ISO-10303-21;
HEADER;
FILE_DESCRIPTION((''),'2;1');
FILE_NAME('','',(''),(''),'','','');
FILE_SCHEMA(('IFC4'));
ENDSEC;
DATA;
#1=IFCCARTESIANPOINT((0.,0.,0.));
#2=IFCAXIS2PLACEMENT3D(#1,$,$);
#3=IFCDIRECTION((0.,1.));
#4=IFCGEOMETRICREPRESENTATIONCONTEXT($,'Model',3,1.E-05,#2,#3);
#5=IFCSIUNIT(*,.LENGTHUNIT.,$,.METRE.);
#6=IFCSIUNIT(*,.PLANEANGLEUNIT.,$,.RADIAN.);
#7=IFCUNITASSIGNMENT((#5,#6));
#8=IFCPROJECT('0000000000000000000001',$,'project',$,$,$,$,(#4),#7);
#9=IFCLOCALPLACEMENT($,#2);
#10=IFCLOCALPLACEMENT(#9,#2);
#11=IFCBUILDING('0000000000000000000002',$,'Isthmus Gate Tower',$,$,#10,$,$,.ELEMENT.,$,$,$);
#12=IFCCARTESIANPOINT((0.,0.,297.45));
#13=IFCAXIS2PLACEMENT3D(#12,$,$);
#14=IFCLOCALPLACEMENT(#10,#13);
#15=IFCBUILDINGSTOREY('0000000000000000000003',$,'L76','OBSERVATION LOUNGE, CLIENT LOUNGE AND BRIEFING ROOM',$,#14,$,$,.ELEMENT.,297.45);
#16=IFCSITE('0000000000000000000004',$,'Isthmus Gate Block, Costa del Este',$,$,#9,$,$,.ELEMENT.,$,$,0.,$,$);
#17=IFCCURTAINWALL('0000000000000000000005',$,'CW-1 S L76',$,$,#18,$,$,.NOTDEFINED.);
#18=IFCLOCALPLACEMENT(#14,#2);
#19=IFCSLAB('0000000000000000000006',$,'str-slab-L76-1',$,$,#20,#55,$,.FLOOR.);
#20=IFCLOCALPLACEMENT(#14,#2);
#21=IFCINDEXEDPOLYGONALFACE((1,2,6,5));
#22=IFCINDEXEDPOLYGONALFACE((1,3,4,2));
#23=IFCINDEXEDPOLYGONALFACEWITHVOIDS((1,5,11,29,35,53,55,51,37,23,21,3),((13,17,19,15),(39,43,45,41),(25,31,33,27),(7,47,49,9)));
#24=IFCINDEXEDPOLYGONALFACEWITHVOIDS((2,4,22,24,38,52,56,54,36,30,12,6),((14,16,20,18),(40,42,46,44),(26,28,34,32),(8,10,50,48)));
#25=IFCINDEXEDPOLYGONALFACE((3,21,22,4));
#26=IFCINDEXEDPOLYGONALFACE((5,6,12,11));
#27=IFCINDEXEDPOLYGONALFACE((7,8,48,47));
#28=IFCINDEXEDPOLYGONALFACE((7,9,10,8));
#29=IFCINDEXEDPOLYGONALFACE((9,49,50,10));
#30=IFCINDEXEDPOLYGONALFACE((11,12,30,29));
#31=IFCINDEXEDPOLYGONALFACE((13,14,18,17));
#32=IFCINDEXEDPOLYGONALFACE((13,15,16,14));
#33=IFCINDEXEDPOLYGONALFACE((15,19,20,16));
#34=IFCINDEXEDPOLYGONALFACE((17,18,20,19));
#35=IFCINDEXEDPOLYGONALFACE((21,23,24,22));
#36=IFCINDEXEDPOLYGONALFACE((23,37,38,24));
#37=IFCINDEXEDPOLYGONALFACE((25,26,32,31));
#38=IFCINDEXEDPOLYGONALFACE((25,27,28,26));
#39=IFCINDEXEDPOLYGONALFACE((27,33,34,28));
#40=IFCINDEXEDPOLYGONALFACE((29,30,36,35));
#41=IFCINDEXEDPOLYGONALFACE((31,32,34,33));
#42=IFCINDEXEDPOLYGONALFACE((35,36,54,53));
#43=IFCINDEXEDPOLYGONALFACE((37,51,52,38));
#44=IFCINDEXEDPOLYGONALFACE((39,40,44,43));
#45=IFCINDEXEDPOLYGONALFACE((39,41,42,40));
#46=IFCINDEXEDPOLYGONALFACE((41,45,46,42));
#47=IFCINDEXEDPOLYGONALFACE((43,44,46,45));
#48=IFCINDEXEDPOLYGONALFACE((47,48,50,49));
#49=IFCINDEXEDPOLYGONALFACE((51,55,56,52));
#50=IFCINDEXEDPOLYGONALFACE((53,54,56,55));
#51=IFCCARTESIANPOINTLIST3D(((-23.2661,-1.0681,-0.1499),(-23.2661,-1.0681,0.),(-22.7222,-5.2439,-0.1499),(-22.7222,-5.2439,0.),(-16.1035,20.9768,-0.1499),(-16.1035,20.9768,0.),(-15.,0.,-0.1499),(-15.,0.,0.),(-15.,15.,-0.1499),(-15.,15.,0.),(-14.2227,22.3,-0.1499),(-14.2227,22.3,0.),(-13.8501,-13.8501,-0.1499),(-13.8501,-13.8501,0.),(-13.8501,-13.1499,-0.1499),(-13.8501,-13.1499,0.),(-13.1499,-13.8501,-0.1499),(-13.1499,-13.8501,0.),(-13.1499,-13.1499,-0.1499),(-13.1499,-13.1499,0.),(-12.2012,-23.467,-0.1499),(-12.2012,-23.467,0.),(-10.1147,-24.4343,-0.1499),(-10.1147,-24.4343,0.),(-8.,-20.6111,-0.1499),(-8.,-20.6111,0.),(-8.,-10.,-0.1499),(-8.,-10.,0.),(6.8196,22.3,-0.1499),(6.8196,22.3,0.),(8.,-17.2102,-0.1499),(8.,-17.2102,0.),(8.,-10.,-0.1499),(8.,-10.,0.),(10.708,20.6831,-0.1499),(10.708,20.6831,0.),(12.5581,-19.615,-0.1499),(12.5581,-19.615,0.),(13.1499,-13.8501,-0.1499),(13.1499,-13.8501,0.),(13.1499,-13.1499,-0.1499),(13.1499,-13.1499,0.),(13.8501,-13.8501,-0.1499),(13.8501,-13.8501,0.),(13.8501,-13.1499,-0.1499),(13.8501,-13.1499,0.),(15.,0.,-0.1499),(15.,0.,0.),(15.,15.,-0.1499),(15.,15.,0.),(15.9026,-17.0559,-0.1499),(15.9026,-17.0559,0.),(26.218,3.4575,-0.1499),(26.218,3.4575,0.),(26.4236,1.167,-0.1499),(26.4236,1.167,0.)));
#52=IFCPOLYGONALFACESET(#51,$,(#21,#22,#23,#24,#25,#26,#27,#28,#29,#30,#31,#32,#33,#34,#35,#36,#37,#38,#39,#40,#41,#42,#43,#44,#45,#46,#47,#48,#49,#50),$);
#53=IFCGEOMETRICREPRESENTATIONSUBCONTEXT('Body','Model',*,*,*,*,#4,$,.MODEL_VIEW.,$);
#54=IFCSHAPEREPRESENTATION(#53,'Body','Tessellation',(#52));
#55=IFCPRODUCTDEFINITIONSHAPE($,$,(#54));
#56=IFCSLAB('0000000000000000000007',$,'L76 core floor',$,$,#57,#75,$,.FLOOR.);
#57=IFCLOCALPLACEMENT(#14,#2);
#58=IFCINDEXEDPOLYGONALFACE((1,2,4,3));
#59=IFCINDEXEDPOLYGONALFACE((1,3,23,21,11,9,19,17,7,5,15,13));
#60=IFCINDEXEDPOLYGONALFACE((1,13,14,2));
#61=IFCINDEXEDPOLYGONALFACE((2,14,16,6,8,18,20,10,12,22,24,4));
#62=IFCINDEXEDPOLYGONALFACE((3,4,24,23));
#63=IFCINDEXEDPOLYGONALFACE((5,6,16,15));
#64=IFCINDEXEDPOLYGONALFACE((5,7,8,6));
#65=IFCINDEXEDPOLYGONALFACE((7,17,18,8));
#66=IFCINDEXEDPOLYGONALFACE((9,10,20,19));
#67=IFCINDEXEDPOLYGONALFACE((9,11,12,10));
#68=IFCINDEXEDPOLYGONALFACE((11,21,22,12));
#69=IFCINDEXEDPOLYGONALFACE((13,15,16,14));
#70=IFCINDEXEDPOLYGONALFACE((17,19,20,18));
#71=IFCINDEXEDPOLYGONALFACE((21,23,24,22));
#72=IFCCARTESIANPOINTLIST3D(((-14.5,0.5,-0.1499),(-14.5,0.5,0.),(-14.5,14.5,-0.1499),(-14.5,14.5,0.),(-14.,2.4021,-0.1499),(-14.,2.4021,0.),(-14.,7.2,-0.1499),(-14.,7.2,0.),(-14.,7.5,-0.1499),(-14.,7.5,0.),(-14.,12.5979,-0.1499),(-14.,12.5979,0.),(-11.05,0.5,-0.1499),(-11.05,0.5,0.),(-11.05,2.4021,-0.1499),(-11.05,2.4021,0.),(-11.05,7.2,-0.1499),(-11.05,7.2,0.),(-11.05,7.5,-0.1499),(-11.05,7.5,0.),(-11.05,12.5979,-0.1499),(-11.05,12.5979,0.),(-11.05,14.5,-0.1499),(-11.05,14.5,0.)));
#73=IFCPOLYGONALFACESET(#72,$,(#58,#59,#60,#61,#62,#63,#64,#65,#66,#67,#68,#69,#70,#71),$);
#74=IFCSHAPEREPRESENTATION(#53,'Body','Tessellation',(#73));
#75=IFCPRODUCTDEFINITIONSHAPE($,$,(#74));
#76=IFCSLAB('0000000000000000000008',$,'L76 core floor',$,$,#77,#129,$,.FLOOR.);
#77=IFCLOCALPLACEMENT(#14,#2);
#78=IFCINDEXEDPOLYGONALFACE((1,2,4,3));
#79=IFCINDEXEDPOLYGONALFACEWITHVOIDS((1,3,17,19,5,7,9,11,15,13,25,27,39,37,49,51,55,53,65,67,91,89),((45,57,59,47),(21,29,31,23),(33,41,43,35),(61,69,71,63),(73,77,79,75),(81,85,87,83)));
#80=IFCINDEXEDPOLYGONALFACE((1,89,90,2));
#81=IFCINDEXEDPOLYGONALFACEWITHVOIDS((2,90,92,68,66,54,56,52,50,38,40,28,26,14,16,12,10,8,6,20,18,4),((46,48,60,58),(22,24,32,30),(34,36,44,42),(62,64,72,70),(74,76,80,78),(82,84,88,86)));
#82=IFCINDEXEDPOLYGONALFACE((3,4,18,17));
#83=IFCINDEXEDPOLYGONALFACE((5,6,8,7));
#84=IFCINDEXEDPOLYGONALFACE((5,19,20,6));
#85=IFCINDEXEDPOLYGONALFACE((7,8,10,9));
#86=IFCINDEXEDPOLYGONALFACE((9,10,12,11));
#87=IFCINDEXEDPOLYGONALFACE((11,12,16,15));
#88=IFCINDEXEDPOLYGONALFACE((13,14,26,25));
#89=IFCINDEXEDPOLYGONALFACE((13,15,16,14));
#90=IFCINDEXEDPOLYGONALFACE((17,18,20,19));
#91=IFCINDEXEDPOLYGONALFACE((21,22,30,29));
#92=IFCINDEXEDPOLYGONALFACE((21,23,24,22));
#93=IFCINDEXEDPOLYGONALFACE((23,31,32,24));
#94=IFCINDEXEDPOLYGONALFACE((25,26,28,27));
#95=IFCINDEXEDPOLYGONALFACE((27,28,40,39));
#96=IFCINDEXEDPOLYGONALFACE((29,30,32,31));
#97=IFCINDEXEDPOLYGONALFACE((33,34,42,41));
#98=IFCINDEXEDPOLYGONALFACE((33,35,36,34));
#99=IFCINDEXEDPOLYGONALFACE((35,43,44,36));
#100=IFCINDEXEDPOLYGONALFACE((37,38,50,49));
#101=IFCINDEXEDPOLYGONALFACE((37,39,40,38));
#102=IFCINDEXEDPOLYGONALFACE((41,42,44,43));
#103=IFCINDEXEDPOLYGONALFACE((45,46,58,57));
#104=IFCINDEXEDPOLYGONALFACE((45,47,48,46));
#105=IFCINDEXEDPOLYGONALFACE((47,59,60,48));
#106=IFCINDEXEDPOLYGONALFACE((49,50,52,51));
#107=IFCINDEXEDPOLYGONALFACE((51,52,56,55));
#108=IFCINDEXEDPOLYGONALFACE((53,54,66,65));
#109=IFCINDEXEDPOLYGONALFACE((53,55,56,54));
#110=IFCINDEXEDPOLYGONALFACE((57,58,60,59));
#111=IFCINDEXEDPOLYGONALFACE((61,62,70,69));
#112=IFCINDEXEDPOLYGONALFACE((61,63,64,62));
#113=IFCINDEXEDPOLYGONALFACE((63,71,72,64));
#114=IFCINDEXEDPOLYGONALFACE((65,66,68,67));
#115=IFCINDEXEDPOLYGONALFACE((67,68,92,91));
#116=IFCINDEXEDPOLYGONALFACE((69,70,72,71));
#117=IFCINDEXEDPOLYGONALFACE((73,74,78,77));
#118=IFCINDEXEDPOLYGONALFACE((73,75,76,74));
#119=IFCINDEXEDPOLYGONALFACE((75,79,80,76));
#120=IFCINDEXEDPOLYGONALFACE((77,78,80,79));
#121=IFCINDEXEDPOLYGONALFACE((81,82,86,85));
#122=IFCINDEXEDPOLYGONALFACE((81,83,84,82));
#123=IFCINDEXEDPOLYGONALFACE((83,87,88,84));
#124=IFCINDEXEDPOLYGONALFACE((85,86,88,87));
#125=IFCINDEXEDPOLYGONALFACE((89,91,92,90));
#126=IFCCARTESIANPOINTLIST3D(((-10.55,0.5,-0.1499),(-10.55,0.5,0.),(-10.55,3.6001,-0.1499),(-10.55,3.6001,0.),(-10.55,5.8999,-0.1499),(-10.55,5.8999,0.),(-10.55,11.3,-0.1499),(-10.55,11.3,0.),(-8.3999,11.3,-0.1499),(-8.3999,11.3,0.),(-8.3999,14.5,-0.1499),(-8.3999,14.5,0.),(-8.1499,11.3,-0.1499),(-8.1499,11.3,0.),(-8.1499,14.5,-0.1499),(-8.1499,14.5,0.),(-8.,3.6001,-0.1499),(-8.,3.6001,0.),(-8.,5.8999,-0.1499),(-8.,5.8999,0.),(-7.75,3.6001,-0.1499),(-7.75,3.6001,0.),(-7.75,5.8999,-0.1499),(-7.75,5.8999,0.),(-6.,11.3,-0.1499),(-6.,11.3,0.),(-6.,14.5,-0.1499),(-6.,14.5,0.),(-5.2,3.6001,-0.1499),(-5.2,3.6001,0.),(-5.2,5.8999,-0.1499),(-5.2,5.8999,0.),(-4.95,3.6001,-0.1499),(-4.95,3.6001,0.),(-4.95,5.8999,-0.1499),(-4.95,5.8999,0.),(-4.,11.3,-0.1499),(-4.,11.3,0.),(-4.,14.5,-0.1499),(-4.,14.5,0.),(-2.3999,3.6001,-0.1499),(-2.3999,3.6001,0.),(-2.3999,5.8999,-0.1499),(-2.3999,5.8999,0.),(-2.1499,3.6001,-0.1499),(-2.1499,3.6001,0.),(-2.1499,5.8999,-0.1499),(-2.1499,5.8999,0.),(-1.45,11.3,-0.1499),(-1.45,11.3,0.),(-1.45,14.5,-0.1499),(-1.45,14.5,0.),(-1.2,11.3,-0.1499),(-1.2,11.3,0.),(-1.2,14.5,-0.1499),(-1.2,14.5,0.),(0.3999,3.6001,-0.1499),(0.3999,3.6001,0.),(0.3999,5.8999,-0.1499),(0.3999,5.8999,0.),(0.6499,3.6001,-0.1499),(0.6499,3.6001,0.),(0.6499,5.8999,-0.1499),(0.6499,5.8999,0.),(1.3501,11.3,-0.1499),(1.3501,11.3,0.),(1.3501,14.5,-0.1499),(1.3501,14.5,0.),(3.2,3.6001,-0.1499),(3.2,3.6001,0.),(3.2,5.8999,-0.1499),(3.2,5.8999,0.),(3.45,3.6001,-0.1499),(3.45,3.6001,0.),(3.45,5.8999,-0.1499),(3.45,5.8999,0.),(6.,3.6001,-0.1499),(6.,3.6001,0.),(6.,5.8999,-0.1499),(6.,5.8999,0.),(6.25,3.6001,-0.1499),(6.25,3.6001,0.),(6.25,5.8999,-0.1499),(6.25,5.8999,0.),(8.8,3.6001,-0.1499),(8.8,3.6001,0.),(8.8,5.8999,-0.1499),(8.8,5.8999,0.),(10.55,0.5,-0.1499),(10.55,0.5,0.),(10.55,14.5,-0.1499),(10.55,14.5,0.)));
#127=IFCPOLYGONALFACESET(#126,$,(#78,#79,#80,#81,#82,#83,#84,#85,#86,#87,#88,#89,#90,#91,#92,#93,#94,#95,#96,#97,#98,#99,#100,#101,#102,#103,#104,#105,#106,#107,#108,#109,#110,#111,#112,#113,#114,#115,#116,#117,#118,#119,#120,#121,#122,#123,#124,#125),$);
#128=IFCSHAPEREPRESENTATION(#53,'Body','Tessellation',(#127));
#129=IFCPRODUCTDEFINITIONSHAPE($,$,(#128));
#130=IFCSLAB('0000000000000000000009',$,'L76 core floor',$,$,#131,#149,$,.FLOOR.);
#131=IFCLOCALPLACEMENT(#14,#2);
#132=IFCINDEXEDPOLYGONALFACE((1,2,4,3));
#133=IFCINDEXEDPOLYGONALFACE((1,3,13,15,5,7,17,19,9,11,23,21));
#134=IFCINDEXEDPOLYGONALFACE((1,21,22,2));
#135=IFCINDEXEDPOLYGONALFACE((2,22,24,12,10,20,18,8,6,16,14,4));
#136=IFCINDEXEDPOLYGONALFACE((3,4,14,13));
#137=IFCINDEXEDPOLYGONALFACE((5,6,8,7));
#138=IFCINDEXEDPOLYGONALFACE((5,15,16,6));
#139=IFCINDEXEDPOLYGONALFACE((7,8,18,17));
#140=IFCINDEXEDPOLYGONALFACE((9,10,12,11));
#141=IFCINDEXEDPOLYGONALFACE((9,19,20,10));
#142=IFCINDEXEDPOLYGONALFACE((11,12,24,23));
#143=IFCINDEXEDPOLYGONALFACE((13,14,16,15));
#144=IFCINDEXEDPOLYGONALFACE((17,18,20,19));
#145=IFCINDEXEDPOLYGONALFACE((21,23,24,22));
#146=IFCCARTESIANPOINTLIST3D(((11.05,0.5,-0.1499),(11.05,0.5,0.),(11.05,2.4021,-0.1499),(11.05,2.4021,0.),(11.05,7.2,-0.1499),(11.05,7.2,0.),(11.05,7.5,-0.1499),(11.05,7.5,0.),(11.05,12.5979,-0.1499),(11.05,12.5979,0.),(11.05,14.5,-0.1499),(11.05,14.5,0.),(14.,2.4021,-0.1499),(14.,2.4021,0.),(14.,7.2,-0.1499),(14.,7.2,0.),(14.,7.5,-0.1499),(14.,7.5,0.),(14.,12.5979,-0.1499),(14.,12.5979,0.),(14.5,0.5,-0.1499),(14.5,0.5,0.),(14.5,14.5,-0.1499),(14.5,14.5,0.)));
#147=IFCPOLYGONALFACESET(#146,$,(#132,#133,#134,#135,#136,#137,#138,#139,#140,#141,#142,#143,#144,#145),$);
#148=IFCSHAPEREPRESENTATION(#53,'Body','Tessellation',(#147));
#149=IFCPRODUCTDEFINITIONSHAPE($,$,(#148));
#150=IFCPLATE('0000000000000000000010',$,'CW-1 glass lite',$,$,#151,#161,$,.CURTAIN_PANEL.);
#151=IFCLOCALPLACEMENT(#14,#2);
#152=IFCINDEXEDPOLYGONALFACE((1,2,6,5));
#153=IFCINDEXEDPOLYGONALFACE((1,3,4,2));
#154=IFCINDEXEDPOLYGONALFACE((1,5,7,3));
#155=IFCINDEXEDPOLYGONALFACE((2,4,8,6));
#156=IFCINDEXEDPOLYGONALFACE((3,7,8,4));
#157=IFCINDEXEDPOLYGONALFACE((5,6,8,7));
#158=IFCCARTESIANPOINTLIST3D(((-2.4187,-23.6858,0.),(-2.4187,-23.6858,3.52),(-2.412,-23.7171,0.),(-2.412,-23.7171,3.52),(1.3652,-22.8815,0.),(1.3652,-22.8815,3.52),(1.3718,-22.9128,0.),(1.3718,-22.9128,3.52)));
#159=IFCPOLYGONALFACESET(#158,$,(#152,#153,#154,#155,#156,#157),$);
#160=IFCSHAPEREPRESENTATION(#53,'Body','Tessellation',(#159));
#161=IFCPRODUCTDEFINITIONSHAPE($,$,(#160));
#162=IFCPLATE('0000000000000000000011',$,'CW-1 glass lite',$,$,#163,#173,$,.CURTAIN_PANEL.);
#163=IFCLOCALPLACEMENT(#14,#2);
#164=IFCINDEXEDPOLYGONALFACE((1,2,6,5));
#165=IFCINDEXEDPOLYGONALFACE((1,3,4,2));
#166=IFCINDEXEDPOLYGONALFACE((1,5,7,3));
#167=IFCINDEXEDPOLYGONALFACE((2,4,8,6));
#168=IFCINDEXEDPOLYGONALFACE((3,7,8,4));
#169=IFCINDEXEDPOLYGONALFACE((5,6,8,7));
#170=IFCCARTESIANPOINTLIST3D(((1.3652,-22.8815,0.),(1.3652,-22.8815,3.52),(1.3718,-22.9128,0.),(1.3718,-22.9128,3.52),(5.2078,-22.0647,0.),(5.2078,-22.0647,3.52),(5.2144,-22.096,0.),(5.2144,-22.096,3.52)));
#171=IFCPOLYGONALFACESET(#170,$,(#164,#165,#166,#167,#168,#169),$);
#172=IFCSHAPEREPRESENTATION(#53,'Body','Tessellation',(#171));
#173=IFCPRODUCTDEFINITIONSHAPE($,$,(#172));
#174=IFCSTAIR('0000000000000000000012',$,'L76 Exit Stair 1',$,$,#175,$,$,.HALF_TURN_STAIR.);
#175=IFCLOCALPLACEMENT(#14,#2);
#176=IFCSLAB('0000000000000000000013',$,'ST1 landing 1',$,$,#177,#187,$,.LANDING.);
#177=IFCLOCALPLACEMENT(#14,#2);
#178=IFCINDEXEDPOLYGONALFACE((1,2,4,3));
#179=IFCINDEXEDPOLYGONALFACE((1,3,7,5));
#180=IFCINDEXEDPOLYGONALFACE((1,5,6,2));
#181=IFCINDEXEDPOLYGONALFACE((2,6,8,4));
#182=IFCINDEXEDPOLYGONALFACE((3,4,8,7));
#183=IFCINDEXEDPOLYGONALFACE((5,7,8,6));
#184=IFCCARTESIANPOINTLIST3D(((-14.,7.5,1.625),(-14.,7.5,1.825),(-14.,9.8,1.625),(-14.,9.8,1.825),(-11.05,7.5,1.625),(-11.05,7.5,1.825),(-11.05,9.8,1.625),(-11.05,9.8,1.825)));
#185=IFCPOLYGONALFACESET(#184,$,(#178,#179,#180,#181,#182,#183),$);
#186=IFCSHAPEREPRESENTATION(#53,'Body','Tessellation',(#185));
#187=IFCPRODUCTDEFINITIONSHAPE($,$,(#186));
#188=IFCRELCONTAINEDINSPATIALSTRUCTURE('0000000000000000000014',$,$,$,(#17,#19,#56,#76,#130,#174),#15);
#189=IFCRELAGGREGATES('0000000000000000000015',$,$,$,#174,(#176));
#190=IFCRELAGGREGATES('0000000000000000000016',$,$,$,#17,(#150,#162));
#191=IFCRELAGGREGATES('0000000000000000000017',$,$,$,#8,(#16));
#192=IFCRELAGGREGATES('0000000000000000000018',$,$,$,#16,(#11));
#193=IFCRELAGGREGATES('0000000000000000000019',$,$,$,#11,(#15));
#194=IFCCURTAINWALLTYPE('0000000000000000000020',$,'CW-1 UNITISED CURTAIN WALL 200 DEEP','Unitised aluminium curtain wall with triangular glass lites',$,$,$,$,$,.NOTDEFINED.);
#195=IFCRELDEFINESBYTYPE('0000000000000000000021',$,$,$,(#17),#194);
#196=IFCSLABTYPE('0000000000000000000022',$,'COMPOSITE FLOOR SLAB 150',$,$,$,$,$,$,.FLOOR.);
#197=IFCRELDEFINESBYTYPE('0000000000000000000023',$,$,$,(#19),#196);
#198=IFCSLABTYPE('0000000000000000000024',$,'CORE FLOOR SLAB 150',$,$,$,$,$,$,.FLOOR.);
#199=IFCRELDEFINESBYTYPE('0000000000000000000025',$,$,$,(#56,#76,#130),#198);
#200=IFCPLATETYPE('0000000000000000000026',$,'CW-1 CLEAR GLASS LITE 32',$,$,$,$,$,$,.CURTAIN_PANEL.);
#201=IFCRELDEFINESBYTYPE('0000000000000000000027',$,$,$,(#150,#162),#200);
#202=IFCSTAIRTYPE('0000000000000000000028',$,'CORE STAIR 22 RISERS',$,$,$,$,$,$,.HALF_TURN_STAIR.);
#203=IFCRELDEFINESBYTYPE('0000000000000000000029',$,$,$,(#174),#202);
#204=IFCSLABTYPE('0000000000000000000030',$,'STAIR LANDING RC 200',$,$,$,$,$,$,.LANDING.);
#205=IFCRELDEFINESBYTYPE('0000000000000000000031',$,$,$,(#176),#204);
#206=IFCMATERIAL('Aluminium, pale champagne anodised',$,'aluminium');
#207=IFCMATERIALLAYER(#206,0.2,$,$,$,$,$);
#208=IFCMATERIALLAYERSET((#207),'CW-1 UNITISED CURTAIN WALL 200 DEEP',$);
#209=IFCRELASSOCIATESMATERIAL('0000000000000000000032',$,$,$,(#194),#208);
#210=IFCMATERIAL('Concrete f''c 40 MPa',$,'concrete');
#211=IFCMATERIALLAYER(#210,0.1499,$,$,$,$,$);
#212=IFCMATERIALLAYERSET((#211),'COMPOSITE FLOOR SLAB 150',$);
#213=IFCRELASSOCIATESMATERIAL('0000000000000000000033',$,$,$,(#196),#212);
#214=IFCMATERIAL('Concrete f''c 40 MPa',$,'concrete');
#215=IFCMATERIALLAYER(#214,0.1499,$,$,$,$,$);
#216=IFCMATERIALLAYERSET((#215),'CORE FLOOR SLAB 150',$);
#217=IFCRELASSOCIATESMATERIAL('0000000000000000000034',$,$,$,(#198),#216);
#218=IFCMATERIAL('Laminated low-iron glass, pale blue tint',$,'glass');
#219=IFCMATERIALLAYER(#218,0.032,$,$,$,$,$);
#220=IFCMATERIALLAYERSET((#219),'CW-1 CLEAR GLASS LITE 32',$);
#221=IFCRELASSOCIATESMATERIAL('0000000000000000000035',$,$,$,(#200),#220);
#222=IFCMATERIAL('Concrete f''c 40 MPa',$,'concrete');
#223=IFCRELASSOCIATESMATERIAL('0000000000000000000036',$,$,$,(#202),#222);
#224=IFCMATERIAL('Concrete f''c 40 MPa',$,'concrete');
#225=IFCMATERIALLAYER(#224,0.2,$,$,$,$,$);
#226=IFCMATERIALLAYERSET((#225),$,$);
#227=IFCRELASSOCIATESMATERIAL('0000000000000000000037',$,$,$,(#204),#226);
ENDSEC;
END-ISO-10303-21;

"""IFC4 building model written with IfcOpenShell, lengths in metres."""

from ifc_helpers import new_model, si_unit, direction, frame, origin, origin_2d, place, context, subcontext, project, spatial, polyline, rectangle, outline, extrude, material, layer, layer_set, type_object, element, aggregate, save


model = new_model("IFC4")

# Units and contexts
model_context = context("Model", 3, precision=1e-05, world=origin(), true_north=direction((0.0, 1.0)))
body_context = subcontext(model_context, "Body", "Model", "MODEL_VIEW")
ifc_project = project(units=[si_unit("LENGTHUNIT", "METRE"), si_unit("PLANEANGLEUNIT", "RADIAN")], contexts=[model_context])

# Site, building, storey
site_placement = place(None, origin())
site = spatial("IfcSite", under=ifc_project, at=site_placement, Name="Isthmus Gate Block, Costa del Este", CompositionType="ELEMENT", RefElevation=0.0)
building_placement = place(site_placement, origin())
building = spatial("IfcBuilding", under=site, at=building_placement, Name="Isthmus Gate Tower", CompositionType="ELEMENT")
storey_placement = place(building_placement, frame((0.0, 0.0, 297.45)))
storey = spatial("IfcBuildingStorey", under=building, at=storey_placement, Name="L76", Description="OBSERVATION LOUNGE, CLIENT LOUNGE AND BRIEFING ROOM", CompositionType="ELEMENT", Elevation=297.45)

# Curtain wall
ifc_material_1 = material(Name="Aluminium, pale champagne anodised", Category="aluminium")
ifc_layer_1 = layer(ifc_material_1, 0.2)
ifc_layer_set_1 = layer_set([ifc_layer_1], Name="CW-1 UNITISED CURTAIN WALL 200 DEEP")
curtain_wall_type = type_object("IfcCurtainWallType", Name="CW-1 UNITISED CURTAIN WALL 200 DEEP", Description="Unitised aluminium curtain wall with triangular glass lites", PredefinedType="NOTDEFINED", material=ifc_layer_set_1)
curtain_wall_placement = place(storey_placement, origin())
curtain_wall = element("IfcCurtainWall", 1, at=curtain_wall_placement, inside=storey, type_object=curtain_wall_type, Name="CW-1 S L76", PredefinedType="NOTDEFINED")

# Slabs
ifc_material_2 = material(Name="Concrete f'c 40 MPa", Category="concrete")
ifc_layer_2 = layer(ifc_material_2, 0.1499)
ifc_layer_set_2 = layer_set([ifc_layer_2], Name="COMPOSITE FLOOR SLAB 150")
slab_type_1 = type_object("IfcSlabType", Name="COMPOSITE FLOOR SLAB 150", PredefinedType="FLOOR", material=ifc_layer_set_2)
slab_1_placement = place(storey_placement, frame((0.0, 0.0, -0.1499)))
element("IfcSlab", 2, at=slab_1_placement, inside=storey, type_object=slab_type_1, Name="str-slab-L76-1", PredefinedType="FLOOR", context=body_context, shape_type="SweptSolid", body=[
    extrude(outline(polyline([(10.708, 20.6831), (26.218, 3.4575), (26.4236, 1.167), (15.9026, -17.0559), (12.5581, -19.615), (-10.1147, -24.4343), (-12.2012, -23.467), (-22.7222, -5.2439), (-23.2661, -1.0681), (-16.1035, 20.9768), (-14.2227, 22.3), (6.8196, 22.3), (10.708, 20.6831)]), holes=[polyline([(-8.0, -10.0), (-8.0, -20.6111), (8.0, -17.2102), (8.0, -10.0), (-8.0, -10.0)]), polyline([(-13.8501, -13.1499), (-13.8501, -13.8501), (-13.1499, -13.8501), (-13.1499, -13.1499), (-13.8501, -13.1499)]), polyline([(13.1499, -13.1499), (13.1499, -13.8501), (13.8501, -13.8501), (13.8501, -13.1499), (13.1499, -13.1499)]), polyline([(-15.0, 0.0), (15.0, 0.0), (15.0, 15.0), (-15.0, 15.0), (-15.0, 0.0)])]), origin(), (0.0, 0.0, 1.0), 0.1499),
])
ifc_material_3 = material(Name="Concrete f'c 40 MPa", Category="concrete")
ifc_layer_3 = layer(ifc_material_3, 0.1499)
ifc_layer_set_3 = layer_set([ifc_layer_3], Name="CORE FLOOR SLAB 150")
slab_type_2 = type_object("IfcSlabType", Name="CORE FLOOR SLAB 150", PredefinedType="FLOOR", material=ifc_layer_set_3)
slab_2_placement = place(storey_placement, frame((0.0, 0.0, -0.1499)))
element("IfcSlab", 3, at=slab_2_placement, inside=storey, type_object=slab_type_2, Name="L76 core floor", PredefinedType="FLOOR", context=body_context, shape_type="SweptSolid", body=[
    extrude(outline(polyline([(-11.05, 0.5), (-11.05, 2.4021), (-14.0, 2.4021), (-14.0, 7.2), (-11.05, 7.2), (-11.05, 7.5), (-14.0, 7.5), (-14.0, 12.5979), (-11.05, 12.5979), (-11.05, 14.5), (-14.5, 14.5), (-14.5, 0.5), (-11.05, 0.5)])), origin(), (0.0, 0.0, 1.0), 0.1499),
])
slab_3_placement = place(storey_placement, frame((0.0, 0.0, -0.1499)))
element("IfcSlab", 4, at=slab_3_placement, inside=storey, type_object=slab_type_2, Name="L76 core floor", PredefinedType="FLOOR", context=body_context, shape_type="SweptSolid", body=[
    extrude(outline(polyline([(10.55, 14.5), (1.3501, 14.5), (1.3501, 11.3), (-1.2, 11.3), (-1.2, 14.5), (-1.45, 14.5), (-1.45, 11.3), (-4.0, 11.3), (-4.0, 14.5), (-6.0, 14.5), (-6.0, 11.3), (-8.1499, 11.3), (-8.1499, 14.5), (-8.3999, 14.5), (-8.3999, 11.3), (-10.55, 11.3), (-10.55, 5.8999), (-8.0, 5.8999), (-8.0, 3.6001), (-10.55, 3.6001), (-10.55, 0.5), (10.55, 0.5), (10.55, 14.5)]), holes=[polyline([(-5.2, 5.8999), (-5.2, 3.6001), (-7.75, 3.6001), (-7.75, 5.8999), (-5.2, 5.8999)]), polyline([(-2.3999, 5.8999), (-2.3999, 3.6001), (-4.95, 3.6001), (-4.95, 5.8999), (-2.3999, 5.8999)]), polyline([(0.3999, 5.8999), (0.3999, 3.6001), (-2.1499, 3.6001), (-2.1499, 5.8999), (0.3999, 5.8999)]), polyline([(3.2, 5.8999), (3.2, 3.6001), (0.6499, 3.6001), (0.6499, 5.8999), (3.2, 5.8999)]), polyline([(6.0, 5.8999), (6.0, 3.6001), (3.45, 3.6001), (3.45, 5.8999), (6.0, 5.8999)]), polyline([(8.8, 5.8999), (8.8, 3.6001), (6.25, 3.6001), (6.25, 5.8999), (8.8, 5.8999)])]), origin(), (0.0, 0.0, 1.0), 0.1499),
])
slab_4_placement = place(storey_placement, frame((0.0, 0.0, -0.1499)))
element("IfcSlab", 5, at=slab_4_placement, inside=storey, type_object=slab_type_2, Name="L76 core floor", PredefinedType="FLOOR", context=body_context, shape_type="SweptSolid", body=[
    extrude(outline(polyline([(11.05, 14.5), (11.05, 12.5979), (14.0, 12.5979), (14.0, 7.5), (11.05, 7.5), (11.05, 7.2), (14.0, 7.2), (14.0, 2.4021), (11.05, 2.4021), (11.05, 0.5), (14.5, 0.5), (14.5, 14.5), (11.05, 14.5)])), origin(), (0.0, 0.0, 1.0), 0.1499),
])

# Plates
ifc_material_4 = material(Name="Laminated low-iron glass, pale blue tint", Category="glass")
ifc_layer_4 = layer(ifc_material_4, 0.032)
ifc_layer_set_4 = layer_set([ifc_layer_4], Name="CW-1 CLEAR GLASS LITE 32")
plate_type = type_object("IfcPlateType", Name="CW-1 CLEAR GLASS LITE 32", PredefinedType="CURTAIN_PANEL", material=ifc_layer_set_4)
plate_1_placement = place(storey_placement, frame((-0.5234, -23.2993, 0.0), z_axis=(0.0, 0.0, 1.0), x_axis=(0.978148, 0.207912, 0.0)))
plate_1 = element("IfcPlate", 6, at=plate_1_placement, type_object=plate_type, Name="CW-1 glass lite", PredefinedType="CURTAIN_PANEL", context=body_context, shape_type="SweptSolid", body=[
    extrude(rectangle(XDim=3.8684, YDim=0.032, at=origin_2d()), origin(), (0.0, 0.0, 1.0), 3.52),
])
plate_2_placement = place(storey_placement, frame((3.2898, -22.4888, 0.0), z_axis=(0.0, 0.0, 1.0), x_axis=(0.978148, 0.207912, 0.0)))
plate_2 = element("IfcPlate", 7, at=plate_2_placement, type_object=plate_type, Name="CW-1 glass lite", PredefinedType="CURTAIN_PANEL", context=body_context, shape_type="SweptSolid", body=[
    extrude(rectangle(XDim=3.9285, YDim=0.032, at=origin_2d()), origin(), (0.0, 0.0, 1.0), 3.52),
])

# Stair, slab
ifc_material_5 = material(Name="Concrete f'c 40 MPa", Category="concrete")
stair_type = type_object("IfcStairType", Name="CORE STAIR 22 RISERS", PredefinedType="HALF_TURN_STAIR", material=ifc_material_5)
stair_1_placement = place(storey_placement, origin())
stair_1 = element("IfcStair", 8, at=stair_1_placement, inside=storey, type_object=stair_type, Name="L76 Exit Stair 1", PredefinedType="HALF_TURN_STAIR")
ifc_material_6 = material(Name="Concrete f'c 40 MPa", Category="concrete")
ifc_layer_5 = layer(ifc_material_6, 0.2)
ifc_layer_set_5 = layer_set([ifc_layer_5])
slab_type_3 = type_object("IfcSlabType", Name="STAIR LANDING RC 200", PredefinedType="LANDING", material=ifc_layer_set_5)
slab_5_placement = place(storey_placement, frame((0.0, 0.0, 1.625)))
slab_5 = element("IfcSlab", 9, at=slab_5_placement, type_object=slab_type_3, Name="ST1 landing 1", PredefinedType="LANDING", context=body_context, shape_type="SweptSolid", body=[
    extrude(outline(polyline([(-14.0, 9.8), (-14.0, 7.5), (-11.05, 7.5), (-11.05, 9.8), (-14.0, 9.8)])), origin(), (0.0, 0.0, 1.0), 0.2),
])
aggregate(stair_1, [slab_5])

aggregate(curtain_wall, [plate_1, plate_2])

save(model, "model.ifc")
